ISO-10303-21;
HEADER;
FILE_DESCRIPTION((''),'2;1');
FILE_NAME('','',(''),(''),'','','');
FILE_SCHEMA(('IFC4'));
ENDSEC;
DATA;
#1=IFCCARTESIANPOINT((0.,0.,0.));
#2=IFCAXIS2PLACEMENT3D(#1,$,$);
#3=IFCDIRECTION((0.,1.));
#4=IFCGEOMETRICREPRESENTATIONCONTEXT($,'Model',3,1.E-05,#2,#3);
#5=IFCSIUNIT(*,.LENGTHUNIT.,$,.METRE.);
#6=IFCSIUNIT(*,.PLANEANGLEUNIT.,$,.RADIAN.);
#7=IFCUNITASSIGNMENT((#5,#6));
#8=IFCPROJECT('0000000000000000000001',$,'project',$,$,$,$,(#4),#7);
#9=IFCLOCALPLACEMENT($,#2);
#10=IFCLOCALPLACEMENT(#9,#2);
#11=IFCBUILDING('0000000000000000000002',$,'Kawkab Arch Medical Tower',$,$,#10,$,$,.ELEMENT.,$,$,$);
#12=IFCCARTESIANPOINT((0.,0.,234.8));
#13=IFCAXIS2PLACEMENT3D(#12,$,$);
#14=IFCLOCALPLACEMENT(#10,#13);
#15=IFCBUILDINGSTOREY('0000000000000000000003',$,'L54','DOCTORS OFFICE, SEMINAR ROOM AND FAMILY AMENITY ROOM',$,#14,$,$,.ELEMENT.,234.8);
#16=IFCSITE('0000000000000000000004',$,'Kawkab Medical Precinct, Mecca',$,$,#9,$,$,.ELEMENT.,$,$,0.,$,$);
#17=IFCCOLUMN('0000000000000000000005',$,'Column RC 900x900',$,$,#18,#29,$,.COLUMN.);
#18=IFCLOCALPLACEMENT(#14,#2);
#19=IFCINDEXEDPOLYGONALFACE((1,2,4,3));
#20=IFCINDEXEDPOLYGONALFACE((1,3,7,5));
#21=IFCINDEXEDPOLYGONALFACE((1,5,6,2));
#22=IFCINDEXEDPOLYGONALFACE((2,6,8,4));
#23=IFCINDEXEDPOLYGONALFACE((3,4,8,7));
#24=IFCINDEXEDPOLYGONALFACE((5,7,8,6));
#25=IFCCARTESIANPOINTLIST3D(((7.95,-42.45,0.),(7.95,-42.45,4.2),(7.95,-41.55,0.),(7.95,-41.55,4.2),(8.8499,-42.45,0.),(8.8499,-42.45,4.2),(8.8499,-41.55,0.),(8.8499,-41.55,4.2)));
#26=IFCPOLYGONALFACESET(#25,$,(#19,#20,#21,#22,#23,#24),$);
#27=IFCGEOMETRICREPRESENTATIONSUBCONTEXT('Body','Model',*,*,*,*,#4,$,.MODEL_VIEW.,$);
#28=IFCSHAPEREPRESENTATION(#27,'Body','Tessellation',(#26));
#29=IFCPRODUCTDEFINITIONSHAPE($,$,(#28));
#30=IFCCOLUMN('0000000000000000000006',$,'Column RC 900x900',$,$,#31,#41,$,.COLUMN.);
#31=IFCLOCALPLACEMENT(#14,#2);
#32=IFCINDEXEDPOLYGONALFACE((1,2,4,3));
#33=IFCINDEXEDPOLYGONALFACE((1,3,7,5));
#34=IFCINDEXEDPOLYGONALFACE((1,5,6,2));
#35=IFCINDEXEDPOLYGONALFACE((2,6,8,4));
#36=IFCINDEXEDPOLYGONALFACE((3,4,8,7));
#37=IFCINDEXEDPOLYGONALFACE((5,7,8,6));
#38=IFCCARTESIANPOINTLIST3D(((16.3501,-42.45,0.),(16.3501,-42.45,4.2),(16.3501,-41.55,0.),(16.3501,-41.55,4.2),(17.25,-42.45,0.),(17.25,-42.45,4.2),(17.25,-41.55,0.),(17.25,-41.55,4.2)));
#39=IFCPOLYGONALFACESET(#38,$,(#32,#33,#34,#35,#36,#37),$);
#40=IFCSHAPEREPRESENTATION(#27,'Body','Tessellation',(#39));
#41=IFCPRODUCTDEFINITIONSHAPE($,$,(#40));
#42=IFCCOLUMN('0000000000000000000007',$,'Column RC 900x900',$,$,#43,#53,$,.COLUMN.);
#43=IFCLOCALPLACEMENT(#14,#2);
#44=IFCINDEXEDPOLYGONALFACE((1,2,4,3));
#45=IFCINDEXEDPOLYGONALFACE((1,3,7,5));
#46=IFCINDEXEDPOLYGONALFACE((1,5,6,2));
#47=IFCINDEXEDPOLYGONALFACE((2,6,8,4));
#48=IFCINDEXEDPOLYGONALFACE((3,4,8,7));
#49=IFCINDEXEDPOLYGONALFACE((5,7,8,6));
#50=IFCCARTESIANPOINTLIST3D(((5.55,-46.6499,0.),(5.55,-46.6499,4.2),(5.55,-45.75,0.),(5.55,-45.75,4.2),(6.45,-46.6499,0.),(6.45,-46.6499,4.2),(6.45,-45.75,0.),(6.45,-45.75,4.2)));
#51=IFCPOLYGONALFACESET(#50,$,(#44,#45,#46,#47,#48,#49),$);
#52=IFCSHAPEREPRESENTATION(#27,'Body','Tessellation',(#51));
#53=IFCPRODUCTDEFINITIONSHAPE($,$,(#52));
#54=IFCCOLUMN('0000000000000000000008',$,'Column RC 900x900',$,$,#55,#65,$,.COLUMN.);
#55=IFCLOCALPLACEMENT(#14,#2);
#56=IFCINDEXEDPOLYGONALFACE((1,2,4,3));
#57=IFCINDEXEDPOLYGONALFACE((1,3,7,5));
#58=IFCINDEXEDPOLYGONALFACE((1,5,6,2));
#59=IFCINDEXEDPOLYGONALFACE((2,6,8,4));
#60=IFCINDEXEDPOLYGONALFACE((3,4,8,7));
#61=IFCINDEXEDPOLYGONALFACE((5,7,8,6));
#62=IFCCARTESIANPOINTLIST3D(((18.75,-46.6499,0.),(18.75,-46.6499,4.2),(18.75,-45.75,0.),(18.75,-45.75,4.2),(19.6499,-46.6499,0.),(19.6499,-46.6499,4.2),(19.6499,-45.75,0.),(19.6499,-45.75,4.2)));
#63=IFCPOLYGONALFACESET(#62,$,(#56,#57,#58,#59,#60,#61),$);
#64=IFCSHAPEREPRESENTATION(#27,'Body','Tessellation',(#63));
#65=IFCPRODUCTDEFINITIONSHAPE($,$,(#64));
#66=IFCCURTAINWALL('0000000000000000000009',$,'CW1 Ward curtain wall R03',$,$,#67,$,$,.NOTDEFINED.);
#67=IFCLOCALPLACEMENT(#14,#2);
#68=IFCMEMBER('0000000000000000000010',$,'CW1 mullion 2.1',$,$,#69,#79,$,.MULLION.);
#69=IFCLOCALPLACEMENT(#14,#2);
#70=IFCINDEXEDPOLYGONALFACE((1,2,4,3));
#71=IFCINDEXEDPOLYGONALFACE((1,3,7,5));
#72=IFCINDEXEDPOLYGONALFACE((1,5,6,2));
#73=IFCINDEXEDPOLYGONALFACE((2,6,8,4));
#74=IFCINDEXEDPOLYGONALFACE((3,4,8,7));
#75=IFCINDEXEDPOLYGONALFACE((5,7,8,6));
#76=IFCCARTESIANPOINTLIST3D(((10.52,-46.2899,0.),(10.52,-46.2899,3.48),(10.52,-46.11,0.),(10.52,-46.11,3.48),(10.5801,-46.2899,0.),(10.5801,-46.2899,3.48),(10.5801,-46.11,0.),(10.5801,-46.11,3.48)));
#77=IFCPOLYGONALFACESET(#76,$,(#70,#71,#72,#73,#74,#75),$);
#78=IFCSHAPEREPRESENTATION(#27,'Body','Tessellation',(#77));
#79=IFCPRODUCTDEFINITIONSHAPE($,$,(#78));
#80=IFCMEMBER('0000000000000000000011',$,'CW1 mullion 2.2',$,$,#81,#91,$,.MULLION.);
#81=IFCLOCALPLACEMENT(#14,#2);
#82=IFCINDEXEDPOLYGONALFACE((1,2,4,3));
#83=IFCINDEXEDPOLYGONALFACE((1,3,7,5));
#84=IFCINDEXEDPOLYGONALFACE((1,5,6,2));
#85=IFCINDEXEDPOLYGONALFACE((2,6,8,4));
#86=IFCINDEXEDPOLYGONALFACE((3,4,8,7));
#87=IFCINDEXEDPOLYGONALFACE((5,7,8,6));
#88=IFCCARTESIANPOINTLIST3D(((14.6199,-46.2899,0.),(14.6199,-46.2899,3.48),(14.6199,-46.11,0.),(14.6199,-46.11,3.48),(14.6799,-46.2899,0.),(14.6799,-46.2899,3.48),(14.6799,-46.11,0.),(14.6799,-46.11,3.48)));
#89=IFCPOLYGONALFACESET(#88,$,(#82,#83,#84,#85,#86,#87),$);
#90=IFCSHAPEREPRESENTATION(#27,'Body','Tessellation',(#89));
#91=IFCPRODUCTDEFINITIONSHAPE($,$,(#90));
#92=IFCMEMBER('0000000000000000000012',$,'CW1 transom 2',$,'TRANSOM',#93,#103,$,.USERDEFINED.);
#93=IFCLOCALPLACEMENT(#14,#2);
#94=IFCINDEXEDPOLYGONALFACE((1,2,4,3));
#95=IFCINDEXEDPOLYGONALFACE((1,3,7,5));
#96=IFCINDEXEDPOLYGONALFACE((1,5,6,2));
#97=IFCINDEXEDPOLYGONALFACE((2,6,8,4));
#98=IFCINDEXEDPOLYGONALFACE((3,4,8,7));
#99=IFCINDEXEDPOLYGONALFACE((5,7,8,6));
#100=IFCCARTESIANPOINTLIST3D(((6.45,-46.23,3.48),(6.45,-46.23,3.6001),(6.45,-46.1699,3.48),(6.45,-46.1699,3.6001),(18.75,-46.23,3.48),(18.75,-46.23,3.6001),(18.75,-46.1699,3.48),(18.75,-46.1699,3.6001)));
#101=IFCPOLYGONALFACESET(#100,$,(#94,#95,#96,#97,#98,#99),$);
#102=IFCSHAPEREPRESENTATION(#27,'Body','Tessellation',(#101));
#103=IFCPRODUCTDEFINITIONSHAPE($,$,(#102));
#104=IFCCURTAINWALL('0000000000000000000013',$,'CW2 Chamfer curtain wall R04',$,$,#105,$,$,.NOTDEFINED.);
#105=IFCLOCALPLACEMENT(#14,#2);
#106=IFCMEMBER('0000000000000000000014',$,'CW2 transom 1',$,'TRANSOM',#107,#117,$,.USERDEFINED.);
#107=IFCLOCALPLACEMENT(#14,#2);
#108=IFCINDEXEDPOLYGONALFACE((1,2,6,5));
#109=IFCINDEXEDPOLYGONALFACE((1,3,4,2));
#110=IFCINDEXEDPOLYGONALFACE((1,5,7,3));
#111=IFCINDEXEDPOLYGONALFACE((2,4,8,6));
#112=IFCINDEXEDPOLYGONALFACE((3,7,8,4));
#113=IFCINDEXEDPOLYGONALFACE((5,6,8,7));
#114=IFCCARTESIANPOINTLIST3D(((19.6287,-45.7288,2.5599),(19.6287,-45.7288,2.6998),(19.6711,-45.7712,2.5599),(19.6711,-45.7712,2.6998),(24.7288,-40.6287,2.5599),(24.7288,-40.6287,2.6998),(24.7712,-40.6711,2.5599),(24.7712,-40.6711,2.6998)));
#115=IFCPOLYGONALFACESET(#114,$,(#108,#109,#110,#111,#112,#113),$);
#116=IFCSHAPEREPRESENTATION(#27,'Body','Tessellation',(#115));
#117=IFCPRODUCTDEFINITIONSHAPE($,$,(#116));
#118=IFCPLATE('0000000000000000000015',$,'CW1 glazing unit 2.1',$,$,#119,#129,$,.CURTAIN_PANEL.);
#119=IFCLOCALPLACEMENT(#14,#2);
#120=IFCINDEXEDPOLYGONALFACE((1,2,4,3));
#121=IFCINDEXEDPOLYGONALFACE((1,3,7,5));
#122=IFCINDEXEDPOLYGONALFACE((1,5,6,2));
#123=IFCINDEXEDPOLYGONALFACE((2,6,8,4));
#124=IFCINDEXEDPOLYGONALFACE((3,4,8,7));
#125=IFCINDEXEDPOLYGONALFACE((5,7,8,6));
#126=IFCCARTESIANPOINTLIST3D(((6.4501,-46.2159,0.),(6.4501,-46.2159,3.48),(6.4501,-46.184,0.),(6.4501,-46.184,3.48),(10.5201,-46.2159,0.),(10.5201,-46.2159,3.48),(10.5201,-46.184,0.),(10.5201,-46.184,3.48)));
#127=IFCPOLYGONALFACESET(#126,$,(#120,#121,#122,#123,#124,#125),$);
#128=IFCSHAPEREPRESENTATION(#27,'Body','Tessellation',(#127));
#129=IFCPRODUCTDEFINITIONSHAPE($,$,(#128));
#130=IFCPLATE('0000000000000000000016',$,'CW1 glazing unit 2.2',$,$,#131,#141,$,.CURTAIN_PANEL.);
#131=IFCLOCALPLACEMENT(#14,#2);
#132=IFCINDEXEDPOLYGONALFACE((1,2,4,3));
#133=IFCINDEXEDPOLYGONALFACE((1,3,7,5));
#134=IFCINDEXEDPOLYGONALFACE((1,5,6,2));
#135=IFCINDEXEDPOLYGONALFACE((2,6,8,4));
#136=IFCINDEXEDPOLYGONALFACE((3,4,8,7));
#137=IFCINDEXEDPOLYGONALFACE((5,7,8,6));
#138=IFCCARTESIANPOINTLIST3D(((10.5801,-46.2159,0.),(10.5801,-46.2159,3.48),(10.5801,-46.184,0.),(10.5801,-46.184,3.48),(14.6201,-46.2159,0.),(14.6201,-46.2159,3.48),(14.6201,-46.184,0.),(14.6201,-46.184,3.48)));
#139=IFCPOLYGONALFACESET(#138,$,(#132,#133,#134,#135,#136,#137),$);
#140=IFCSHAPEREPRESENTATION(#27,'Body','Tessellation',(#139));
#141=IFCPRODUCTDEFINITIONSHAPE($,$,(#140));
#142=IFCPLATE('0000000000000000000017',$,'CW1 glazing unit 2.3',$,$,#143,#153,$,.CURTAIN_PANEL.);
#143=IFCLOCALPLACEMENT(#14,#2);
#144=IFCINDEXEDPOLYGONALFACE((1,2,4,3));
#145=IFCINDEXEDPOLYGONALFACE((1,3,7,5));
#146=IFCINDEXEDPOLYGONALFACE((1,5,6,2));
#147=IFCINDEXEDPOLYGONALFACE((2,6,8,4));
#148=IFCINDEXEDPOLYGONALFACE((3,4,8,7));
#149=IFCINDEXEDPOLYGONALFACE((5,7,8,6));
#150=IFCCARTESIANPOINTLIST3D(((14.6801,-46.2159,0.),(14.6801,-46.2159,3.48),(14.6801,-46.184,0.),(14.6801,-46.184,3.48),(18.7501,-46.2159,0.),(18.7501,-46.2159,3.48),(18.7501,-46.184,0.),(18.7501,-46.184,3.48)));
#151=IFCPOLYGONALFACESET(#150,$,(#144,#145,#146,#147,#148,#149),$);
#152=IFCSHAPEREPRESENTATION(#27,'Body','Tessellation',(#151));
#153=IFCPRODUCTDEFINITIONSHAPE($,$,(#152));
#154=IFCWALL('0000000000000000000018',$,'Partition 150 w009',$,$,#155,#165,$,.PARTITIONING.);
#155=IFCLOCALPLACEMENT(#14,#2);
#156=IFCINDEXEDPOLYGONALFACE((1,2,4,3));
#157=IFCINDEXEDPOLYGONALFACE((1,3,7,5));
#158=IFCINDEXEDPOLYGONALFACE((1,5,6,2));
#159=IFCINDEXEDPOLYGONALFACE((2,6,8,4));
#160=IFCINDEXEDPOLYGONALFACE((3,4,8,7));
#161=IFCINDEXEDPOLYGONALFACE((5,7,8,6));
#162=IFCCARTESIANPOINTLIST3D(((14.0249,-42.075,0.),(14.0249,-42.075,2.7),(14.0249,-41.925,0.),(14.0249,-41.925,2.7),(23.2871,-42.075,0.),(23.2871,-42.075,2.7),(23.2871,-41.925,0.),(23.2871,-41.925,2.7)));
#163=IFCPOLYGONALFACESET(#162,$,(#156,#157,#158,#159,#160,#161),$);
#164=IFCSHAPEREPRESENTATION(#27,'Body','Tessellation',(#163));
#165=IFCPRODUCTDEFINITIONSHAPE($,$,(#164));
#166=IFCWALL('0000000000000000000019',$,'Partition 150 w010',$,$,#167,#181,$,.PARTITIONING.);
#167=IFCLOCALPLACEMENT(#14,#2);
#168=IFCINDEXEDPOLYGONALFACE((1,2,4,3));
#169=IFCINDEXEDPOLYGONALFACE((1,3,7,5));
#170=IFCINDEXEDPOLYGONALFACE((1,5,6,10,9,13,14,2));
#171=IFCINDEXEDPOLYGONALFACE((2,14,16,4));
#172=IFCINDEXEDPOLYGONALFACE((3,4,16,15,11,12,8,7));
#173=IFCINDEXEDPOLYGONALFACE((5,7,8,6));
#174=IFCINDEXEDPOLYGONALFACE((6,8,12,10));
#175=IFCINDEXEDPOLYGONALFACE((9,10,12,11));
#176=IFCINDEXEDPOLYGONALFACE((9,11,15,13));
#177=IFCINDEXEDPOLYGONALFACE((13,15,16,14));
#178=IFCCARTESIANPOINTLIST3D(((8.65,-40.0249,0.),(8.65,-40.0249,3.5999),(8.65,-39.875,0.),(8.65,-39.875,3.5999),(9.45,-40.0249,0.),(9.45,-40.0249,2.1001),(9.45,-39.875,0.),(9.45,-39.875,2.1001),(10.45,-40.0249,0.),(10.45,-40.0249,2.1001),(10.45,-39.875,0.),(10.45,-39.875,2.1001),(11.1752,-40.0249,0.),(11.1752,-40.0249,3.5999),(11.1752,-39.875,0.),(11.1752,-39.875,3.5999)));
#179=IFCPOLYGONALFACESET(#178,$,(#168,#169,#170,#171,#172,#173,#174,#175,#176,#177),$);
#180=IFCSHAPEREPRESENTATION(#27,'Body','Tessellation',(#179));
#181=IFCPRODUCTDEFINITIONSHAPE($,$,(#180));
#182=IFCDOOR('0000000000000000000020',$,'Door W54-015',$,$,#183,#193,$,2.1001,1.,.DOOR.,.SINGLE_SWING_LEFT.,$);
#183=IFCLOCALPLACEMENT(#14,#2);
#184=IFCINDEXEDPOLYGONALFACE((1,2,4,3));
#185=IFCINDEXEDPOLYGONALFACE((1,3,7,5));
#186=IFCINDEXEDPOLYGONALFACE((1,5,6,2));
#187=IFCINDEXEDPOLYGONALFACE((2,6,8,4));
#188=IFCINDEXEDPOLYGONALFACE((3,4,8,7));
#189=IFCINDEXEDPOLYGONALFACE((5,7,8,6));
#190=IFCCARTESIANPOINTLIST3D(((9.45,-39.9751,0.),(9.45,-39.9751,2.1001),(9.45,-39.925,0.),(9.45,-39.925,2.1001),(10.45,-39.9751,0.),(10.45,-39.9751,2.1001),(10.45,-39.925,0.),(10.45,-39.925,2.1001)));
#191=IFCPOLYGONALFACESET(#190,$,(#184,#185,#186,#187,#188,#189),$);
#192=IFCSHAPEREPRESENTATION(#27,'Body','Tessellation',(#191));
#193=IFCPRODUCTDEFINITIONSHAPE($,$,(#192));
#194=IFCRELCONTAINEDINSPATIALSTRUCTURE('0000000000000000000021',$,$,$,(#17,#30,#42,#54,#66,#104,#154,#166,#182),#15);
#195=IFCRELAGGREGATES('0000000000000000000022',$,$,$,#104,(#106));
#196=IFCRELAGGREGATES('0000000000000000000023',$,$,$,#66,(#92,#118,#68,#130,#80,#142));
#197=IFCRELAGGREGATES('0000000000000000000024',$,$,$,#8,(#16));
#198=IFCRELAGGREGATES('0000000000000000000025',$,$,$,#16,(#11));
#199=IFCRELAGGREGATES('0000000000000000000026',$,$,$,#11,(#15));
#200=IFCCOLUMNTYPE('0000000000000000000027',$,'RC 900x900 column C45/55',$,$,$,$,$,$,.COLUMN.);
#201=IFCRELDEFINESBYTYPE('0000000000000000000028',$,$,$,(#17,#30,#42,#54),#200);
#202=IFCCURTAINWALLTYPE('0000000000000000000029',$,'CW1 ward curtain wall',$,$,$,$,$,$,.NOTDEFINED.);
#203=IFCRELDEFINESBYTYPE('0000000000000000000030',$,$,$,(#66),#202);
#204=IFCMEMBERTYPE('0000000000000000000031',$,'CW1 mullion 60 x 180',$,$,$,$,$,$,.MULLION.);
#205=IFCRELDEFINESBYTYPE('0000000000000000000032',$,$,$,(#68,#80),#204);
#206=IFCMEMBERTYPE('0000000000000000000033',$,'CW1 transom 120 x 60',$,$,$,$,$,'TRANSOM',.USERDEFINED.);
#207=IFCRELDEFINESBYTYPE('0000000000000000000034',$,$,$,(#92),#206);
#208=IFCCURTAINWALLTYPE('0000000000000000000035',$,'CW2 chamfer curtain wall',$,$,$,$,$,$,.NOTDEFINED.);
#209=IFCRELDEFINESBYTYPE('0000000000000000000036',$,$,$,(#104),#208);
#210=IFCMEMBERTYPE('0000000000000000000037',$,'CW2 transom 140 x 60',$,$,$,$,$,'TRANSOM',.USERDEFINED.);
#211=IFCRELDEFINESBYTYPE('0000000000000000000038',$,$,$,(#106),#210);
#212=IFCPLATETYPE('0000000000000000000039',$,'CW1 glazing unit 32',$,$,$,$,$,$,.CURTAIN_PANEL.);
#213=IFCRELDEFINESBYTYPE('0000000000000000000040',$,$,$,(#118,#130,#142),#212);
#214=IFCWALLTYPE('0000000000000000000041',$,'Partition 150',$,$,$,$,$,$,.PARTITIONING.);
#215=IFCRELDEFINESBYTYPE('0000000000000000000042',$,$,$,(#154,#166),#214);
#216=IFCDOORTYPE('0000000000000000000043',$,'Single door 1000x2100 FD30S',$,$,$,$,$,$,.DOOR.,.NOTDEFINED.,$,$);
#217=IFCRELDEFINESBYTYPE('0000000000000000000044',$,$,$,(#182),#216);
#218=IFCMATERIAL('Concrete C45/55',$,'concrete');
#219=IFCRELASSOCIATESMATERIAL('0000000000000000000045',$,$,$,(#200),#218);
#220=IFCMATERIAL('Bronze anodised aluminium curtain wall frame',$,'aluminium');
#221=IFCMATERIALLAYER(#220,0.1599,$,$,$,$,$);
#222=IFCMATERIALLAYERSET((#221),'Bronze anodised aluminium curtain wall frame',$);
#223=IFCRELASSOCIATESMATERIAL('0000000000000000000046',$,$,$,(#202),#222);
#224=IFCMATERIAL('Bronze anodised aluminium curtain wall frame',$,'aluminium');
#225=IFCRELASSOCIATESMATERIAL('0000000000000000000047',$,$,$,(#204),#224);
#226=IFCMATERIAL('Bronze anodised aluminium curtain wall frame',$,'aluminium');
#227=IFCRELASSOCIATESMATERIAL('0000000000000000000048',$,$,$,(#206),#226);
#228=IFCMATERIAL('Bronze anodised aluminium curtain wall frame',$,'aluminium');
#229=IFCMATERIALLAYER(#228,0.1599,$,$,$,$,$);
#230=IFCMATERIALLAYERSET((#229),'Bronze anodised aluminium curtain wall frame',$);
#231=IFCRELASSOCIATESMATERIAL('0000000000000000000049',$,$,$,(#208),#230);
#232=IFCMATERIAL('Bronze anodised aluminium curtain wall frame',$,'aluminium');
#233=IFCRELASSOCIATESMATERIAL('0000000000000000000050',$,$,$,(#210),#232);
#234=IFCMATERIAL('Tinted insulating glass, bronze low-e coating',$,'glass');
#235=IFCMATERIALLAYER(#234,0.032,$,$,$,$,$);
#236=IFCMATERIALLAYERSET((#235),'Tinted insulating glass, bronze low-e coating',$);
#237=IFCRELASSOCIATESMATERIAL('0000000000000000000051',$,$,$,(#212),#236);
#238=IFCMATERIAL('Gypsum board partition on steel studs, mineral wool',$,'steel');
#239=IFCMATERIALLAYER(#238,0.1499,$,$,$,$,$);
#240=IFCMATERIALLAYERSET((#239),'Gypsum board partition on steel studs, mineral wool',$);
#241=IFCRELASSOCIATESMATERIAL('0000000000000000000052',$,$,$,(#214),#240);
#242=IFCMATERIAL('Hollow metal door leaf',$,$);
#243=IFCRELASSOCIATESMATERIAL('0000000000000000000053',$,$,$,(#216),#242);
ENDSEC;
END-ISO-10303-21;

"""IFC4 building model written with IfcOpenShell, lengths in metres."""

from ifc_helpers import new_model, si_unit, direction, frame, frame_2d, origin, origin_2d, place, context, subcontext, project, spatial, rectangle, extrude, material, layer, layer_set, material_profile, profile_set, type_object, element, fill, aggregate, save


model = new_model("IFC4")

# Units and contexts
model_context = context("Model", 3, precision=1e-05, world=origin(), true_north=direction((0.0, 1.0)))
body_context = subcontext(model_context, "Body", "Model", "MODEL_VIEW")
ifc_project = project(units=[si_unit("LENGTHUNIT", "METRE"), si_unit("PLANEANGLEUNIT", "RADIAN")], contexts=[model_context])

# Site, building, storey
site_placement = place(None, origin())
site = spatial("IfcSite", under=ifc_project, at=site_placement, Name="Kawkab Medical Precinct, Mecca", CompositionType="ELEMENT", RefElevation=0.0)
building_placement = place(site_placement, origin())
building = spatial("IfcBuilding", under=site, at=building_placement, Name="Kawkab Arch Medical Tower", CompositionType="ELEMENT")
storey_placement = place(building_placement, frame((0.0, 0.0, 234.8)))
storey = spatial("IfcBuildingStorey", under=building, at=storey_placement, Name="L54", Description="DOCTORS OFFICE, SEMINAR ROOM AND FAMILY AMENITY ROOM", CompositionType="ELEMENT", Elevation=234.8)

# Columns
ifc_material_1 = material(Name="Concrete C45/55", Category="concrete")
ifc_material_profile_1 = material_profile(ifc_material_1, rectangle(XDim=0.8999, YDim=0.8999, at=origin_2d()), Name="RC 900x900")
ifc_profile_set_1 = profile_set([ifc_material_profile_1], Name="Concrete C45/55")
column_type = type_object("IfcColumnType", Name="RC 900x900 column C45/55", PredefinedType="COLUMN", material=ifc_profile_set_1)
for number, where, z_axis, x_axis, name in (
    (1, (8.3999, -42.0, 0.0), (0.0, 0.0, 1.0), (1.0, 0.0, 0.0), "Column RC 900x900"),
    (2, (16.8, -42.0, 0.0), (0.0, 0.0, 1.0), (1.0, 0.0, 0.0), "Column RC 900x900"),
    (3, (6.0, -46.2, 0.0), (0.0, 0.0, 1.0), (1.0, 0.0, 0.0), "Column RC 900x900"),
    (4, (19.2, -46.2, 0.0), (0.0, 0.0, 1.0), (1.0, 0.0, 0.0), "Column RC 900x900"),
):
    element("IfcColumn", number, at=place(storey_placement, frame(where, z_axis=z_axis, x_axis=x_axis)), inside=storey, type_object=column_type, Name=name, PredefinedType="COLUMN", context=body_context, shape_type="SweptSolid", body=[
        extrude(rectangle(XDim=0.8999, YDim=0.8999, at=origin_2d()), origin(), (0.0, 0.0, 1.0), 4.2),
    ])

# Curtain wall, members
ifc_material_2 = material(Name="Bronze anodised aluminium curtain wall frame", Category="aluminium")
ifc_layer_1 = layer(ifc_material_2, 0.1599)
ifc_layer_set_1 = layer_set([ifc_layer_1], Name="Bronze anodised aluminium curtain wall frame")
curtain_wall_type_1 = type_object("IfcCurtainWallType", Name="CW1 ward curtain wall", PredefinedType="NOTDEFINED", material=ifc_layer_set_1)
placement = place(storey_placement, origin())
curtain_wall_1 = element("IfcCurtainWall", 5, at=placement, inside=storey, type_object=curtain_wall_type_1, Name="CW1 Ward curtain wall R03", PredefinedType="NOTDEFINED")
ifc_material_3 = material(Name="Bronze anodised aluminium curtain wall frame", Category="aluminium")
ifc_material_profile_2 = material_profile(ifc_material_3, rectangle(XDim=0.1799, YDim=0.0601, at=origin_2d()), Name="AL 60x180")
ifc_profile_set_2 = profile_set([ifc_material_profile_2], Name="Bronze anodised aluminium curtain wall frame")
member_type_1 = type_object("IfcMemberType", Name="CW1 mullion 60 x 180", PredefinedType="MULLION", material=ifc_profile_set_2)
member_1_placement = place(storey_placement, frame((10.55, -46.2, 0.0), z_axis=(0.0, 0.0, 1.0), x_axis=(0.0, 1.0, 0.0)))
member_1 = element("IfcMember", 6, at=member_1_placement, type_object=member_type_1, Name="CW1 mullion 2.1", PredefinedType="MULLION", context=body_context, shape_type="SweptSolid", body=[
    extrude(rectangle(XDim=0.1799, YDim=0.0601, at=origin_2d()), origin(), (0.0, 0.0, 1.0), 3.48),
])
member_2_placement = place(storey_placement, frame((14.6499, -46.2, 0.0), z_axis=(0.0, 0.0, 1.0), x_axis=(0.0, 1.0, 0.0)))
member_2 = element("IfcMember", 7, at=member_2_placement, type_object=member_type_1, Name="CW1 mullion 2.2", PredefinedType="MULLION", context=body_context, shape_type="SweptSolid", body=[
    extrude(rectangle(XDim=0.1799, YDim=0.0601, at=origin_2d()), origin(), (0.0, 0.0, 1.0), 3.48),
])
ifc_material_4 = material(Name="Bronze anodised aluminium curtain wall frame", Category="aluminium")
ifc_material_profile_3 = material_profile(ifc_material_4, rectangle(XDim=0.0601, YDim=0.1201, at=origin_2d()), Name="AL 60x120")
ifc_profile_set_3 = profile_set([ifc_material_profile_3], Name="Bronze anodised aluminium curtain wall frame")
member_type_2 = type_object("IfcMemberType", Name="CW1 transom 120 x 60", ElementType="TRANSOM", PredefinedType="USERDEFINED", material=ifc_profile_set_3)
member_3_placement = place(storey_placement, frame((6.45, -46.2, 3.54), z_axis=(1.0, 0.0, 0.0), x_axis=(0.0, 1.0, 0.0)))
member_3 = element("IfcMember", 8, at=member_3_placement, type_object=member_type_2, Name="CW1 transom 2", ObjectType="TRANSOM", PredefinedType="USERDEFINED", context=body_context, shape_type="SweptSolid", body=[
    extrude(rectangle(XDim=0.0601, YDim=0.1201, at=origin_2d()), origin(), (0.0, 0.0, 1.0), 12.3),
])

# Curtain wall, member
ifc_material_5 = material(Name="Bronze anodised aluminium curtain wall frame", Category="aluminium")
ifc_layer_2 = layer(ifc_material_5, 0.1599)
ifc_layer_set_2 = layer_set([ifc_layer_2], Name="Bronze anodised aluminium curtain wall frame")
curtain_wall_type_2 = type_object("IfcCurtainWallType", Name="CW2 chamfer curtain wall", PredefinedType="NOTDEFINED", material=ifc_layer_set_2)
curtain_wall_2 = element("IfcCurtainWall", 9, at=placement, inside=storey, type_object=curtain_wall_type_2, Name="CW2 Chamfer curtain wall R04", PredefinedType="NOTDEFINED")
ifc_material_6 = material(Name="Bronze anodised aluminium curtain wall frame", Category="aluminium")
ifc_material_profile_4 = material_profile(ifc_material_6, rectangle(XDim=0.0601, YDim=0.1399, at=origin_2d()), Name="AL 60x140")
ifc_profile_set_4 = profile_set([ifc_material_profile_4], Name="Bronze anodised aluminium curtain wall frame")
member_type_3 = type_object("IfcMemberType", Name="CW2 transom 140 x 60", ElementType="TRANSOM", PredefinedType="USERDEFINED", material=ifc_profile_set_4)
member_4_placement = place(storey_placement, frame((19.6499, -45.75, 2.6299), z_axis=(0.707107, 0.707107, 0.0), x_axis=(-0.707107, 0.707107, 0.0)))
member_4 = element("IfcMember", 10, at=member_4_placement, type_object=member_type_3, Name="CW2 transom 1", ObjectType="TRANSOM", PredefinedType="USERDEFINED", context=body_context, shape_type="SweptSolid", body=[
    extrude(rectangle(XDim=0.0601, YDim=0.1399, at=origin_2d()), origin(), (0.0, 0.0, 1.0), 7.2126),
])
aggregate(curtain_wall_2, [member_4])

# Plates
ifc_material_7 = material(Name="Tinted insulating glass, bronze low-e coating", Category="glass")
ifc_layer_3 = layer(ifc_material_7, 0.032)
ifc_layer_set_3 = layer_set([ifc_layer_3], Name="Tinted insulating glass, bronze low-e coating")
plate_type = type_object("IfcPlateType", Name="CW1 glazing unit 32", PredefinedType="CURTAIN_PANEL", material=ifc_layer_set_3)
plate_1_placement = place(storey_placement, frame((8.4851, -46.2, 0.0), z_axis=(0.0, 0.0, 1.0), x_axis=(1.0, 0.0, 0.0)))
plate_1 = element("IfcPlate", 11, at=plate_1_placement, type_object=plate_type, Name="CW1 glazing unit 2.1", PredefinedType="CURTAIN_PANEL", context=body_context, shape_type="SweptSolid", body=[
    extrude(rectangle(XDim=4.0701, YDim=0.032, at=origin_2d()), origin(), (0.0, 0.0, 1.0), 3.48),
])
plate_2_placement = place(storey_placement, frame((12.6001, -46.2, 0.0), z_axis=(0.0, 0.0, 1.0), x_axis=(1.0, 0.0, 0.0)))
plate_2 = element("IfcPlate", 12, at=plate_2_placement, type_object=plate_type, Name="CW1 glazing unit 2.2", PredefinedType="CURTAIN_PANEL", context=body_context, shape_type="SweptSolid", body=[
    extrude(rectangle(XDim=4.04, YDim=0.032, at=origin_2d()), origin(), (0.0, 0.0, 1.0), 3.48),
])
plate_3_placement = place(storey_placement, frame((16.7151, -46.2, 0.0), z_axis=(0.0, 0.0, 1.0), x_axis=(1.0, 0.0, 0.0)))
plate_3 = element("IfcPlate", 13, at=plate_3_placement, type_object=plate_type, Name="CW1 glazing unit 2.3", PredefinedType="CURTAIN_PANEL", context=body_context, shape_type="SweptSolid", body=[
    extrude(rectangle(XDim=4.0701, YDim=0.032, at=origin_2d()), origin(), (0.0, 0.0, 1.0), 3.48),
])
aggregate(curtain_wall_1, [member_3, plate_1, member_1, plate_2, member_2, plate_3])

# Wall
ifc_material_8 = material(Name="Gypsum board partition on steel studs, mineral wool", Category="steel")
ifc_layer_4 = layer(ifc_material_8, 0.1499)
ifc_layer_set_4 = layer_set([ifc_layer_4], Name="Gypsum board partition on steel studs, mineral wool")
wall_type_1 = type_object("IfcWallType", Name="Partition 150", PredefinedType="PARTITIONING", material=ifc_layer_set_4)
wall_1_placement = place(storey_placement, frame((14.0249, -42.0, 0.0), z_axis=(0.0, 0.0, 1.0), x_axis=(1.0, 0.0, 0.0)))
element("IfcWall", 14, at=wall_1_placement, inside=storey, type_object=wall_type_1, Name="Partition 150 w009", PredefinedType="PARTITIONING", context=body_context, shape_type="SweptSolid", body=[
    extrude(rectangle(XDim=9.2622, YDim=0.1499, at=frame_2d((4.6311, 0.0))), origin(), (0.0, 0.0, 1.0), 2.7),
])

# Wall, opening, door
wall_2_placement = place(storey_placement, frame((8.6499, -39.95, 0.0), z_axis=(0.0, 0.0, 1.0), x_axis=(1.0, 0.0, 0.0)))
wall_2 = element("IfcWall", 15, at=wall_2_placement, inside=storey, type_object=wall_type_1, Name="Partition 150 w010", PredefinedType="PARTITIONING", context=body_context, shape_type="SweptSolid", body=[
    extrude(rectangle(XDim=2.5251, YDim=0.1499, at=frame_2d((1.2627, 0.0))), origin(), (0.0, 0.0, 1.0), 3.5999),
])
opening_1_placement = place(wall_2_placement, frame((0.8, 0.0, 0.0)))
opening_1 = element("IfcOpeningElement", 16, at=opening_1_placement, cuts=wall_2, PredefinedType="OPENING", context=body_context, shape_type="SweptSolid", body=[
    extrude(rectangle(XDim=1.0, YDim=2.1001, at=frame_2d((0.5, 1.05))), frame((0.0, 0.085, 0.0), z_axis=(0.0, -1.0, 0.0), x_axis=(1.0, 0.0, 0.0)), (0.0, 0.0, 1.0), 0.1699),
])
ifc_material_9 = material(Name="Hollow metal door leaf")
door_type_1 = type_object("IfcDoorType", Name="Single door 1000x2100 FD30S", OperationType="NOTDEFINED", PredefinedType="DOOR", material=ifc_material_9)
door_1_placement = place(opening_1_placement, origin())
door_1 = element("IfcDoor", 17, at=door_1_placement, inside=storey, type_object=door_type_1, Name="Door W54-015", OperationType="SINGLE_SWING_LEFT", OverallHeight=2.1001, OverallWidth=1.0, PredefinedType="DOOR", context=body_context, shape_type="SweptSolid", body=[
    extrude(rectangle(XDim=1.0, YDim=2.1001, at=frame_2d((0.5, 1.05))), frame((0.0, 0.0249, 0.0), z_axis=(0.0, -1.0, 0.0), x_axis=(1.0, 0.0, 0.0)), (0.0, 0.0, 1.0), 0.05),
])
fill(opening_1, door_1)

save(model, "model.ifc")
